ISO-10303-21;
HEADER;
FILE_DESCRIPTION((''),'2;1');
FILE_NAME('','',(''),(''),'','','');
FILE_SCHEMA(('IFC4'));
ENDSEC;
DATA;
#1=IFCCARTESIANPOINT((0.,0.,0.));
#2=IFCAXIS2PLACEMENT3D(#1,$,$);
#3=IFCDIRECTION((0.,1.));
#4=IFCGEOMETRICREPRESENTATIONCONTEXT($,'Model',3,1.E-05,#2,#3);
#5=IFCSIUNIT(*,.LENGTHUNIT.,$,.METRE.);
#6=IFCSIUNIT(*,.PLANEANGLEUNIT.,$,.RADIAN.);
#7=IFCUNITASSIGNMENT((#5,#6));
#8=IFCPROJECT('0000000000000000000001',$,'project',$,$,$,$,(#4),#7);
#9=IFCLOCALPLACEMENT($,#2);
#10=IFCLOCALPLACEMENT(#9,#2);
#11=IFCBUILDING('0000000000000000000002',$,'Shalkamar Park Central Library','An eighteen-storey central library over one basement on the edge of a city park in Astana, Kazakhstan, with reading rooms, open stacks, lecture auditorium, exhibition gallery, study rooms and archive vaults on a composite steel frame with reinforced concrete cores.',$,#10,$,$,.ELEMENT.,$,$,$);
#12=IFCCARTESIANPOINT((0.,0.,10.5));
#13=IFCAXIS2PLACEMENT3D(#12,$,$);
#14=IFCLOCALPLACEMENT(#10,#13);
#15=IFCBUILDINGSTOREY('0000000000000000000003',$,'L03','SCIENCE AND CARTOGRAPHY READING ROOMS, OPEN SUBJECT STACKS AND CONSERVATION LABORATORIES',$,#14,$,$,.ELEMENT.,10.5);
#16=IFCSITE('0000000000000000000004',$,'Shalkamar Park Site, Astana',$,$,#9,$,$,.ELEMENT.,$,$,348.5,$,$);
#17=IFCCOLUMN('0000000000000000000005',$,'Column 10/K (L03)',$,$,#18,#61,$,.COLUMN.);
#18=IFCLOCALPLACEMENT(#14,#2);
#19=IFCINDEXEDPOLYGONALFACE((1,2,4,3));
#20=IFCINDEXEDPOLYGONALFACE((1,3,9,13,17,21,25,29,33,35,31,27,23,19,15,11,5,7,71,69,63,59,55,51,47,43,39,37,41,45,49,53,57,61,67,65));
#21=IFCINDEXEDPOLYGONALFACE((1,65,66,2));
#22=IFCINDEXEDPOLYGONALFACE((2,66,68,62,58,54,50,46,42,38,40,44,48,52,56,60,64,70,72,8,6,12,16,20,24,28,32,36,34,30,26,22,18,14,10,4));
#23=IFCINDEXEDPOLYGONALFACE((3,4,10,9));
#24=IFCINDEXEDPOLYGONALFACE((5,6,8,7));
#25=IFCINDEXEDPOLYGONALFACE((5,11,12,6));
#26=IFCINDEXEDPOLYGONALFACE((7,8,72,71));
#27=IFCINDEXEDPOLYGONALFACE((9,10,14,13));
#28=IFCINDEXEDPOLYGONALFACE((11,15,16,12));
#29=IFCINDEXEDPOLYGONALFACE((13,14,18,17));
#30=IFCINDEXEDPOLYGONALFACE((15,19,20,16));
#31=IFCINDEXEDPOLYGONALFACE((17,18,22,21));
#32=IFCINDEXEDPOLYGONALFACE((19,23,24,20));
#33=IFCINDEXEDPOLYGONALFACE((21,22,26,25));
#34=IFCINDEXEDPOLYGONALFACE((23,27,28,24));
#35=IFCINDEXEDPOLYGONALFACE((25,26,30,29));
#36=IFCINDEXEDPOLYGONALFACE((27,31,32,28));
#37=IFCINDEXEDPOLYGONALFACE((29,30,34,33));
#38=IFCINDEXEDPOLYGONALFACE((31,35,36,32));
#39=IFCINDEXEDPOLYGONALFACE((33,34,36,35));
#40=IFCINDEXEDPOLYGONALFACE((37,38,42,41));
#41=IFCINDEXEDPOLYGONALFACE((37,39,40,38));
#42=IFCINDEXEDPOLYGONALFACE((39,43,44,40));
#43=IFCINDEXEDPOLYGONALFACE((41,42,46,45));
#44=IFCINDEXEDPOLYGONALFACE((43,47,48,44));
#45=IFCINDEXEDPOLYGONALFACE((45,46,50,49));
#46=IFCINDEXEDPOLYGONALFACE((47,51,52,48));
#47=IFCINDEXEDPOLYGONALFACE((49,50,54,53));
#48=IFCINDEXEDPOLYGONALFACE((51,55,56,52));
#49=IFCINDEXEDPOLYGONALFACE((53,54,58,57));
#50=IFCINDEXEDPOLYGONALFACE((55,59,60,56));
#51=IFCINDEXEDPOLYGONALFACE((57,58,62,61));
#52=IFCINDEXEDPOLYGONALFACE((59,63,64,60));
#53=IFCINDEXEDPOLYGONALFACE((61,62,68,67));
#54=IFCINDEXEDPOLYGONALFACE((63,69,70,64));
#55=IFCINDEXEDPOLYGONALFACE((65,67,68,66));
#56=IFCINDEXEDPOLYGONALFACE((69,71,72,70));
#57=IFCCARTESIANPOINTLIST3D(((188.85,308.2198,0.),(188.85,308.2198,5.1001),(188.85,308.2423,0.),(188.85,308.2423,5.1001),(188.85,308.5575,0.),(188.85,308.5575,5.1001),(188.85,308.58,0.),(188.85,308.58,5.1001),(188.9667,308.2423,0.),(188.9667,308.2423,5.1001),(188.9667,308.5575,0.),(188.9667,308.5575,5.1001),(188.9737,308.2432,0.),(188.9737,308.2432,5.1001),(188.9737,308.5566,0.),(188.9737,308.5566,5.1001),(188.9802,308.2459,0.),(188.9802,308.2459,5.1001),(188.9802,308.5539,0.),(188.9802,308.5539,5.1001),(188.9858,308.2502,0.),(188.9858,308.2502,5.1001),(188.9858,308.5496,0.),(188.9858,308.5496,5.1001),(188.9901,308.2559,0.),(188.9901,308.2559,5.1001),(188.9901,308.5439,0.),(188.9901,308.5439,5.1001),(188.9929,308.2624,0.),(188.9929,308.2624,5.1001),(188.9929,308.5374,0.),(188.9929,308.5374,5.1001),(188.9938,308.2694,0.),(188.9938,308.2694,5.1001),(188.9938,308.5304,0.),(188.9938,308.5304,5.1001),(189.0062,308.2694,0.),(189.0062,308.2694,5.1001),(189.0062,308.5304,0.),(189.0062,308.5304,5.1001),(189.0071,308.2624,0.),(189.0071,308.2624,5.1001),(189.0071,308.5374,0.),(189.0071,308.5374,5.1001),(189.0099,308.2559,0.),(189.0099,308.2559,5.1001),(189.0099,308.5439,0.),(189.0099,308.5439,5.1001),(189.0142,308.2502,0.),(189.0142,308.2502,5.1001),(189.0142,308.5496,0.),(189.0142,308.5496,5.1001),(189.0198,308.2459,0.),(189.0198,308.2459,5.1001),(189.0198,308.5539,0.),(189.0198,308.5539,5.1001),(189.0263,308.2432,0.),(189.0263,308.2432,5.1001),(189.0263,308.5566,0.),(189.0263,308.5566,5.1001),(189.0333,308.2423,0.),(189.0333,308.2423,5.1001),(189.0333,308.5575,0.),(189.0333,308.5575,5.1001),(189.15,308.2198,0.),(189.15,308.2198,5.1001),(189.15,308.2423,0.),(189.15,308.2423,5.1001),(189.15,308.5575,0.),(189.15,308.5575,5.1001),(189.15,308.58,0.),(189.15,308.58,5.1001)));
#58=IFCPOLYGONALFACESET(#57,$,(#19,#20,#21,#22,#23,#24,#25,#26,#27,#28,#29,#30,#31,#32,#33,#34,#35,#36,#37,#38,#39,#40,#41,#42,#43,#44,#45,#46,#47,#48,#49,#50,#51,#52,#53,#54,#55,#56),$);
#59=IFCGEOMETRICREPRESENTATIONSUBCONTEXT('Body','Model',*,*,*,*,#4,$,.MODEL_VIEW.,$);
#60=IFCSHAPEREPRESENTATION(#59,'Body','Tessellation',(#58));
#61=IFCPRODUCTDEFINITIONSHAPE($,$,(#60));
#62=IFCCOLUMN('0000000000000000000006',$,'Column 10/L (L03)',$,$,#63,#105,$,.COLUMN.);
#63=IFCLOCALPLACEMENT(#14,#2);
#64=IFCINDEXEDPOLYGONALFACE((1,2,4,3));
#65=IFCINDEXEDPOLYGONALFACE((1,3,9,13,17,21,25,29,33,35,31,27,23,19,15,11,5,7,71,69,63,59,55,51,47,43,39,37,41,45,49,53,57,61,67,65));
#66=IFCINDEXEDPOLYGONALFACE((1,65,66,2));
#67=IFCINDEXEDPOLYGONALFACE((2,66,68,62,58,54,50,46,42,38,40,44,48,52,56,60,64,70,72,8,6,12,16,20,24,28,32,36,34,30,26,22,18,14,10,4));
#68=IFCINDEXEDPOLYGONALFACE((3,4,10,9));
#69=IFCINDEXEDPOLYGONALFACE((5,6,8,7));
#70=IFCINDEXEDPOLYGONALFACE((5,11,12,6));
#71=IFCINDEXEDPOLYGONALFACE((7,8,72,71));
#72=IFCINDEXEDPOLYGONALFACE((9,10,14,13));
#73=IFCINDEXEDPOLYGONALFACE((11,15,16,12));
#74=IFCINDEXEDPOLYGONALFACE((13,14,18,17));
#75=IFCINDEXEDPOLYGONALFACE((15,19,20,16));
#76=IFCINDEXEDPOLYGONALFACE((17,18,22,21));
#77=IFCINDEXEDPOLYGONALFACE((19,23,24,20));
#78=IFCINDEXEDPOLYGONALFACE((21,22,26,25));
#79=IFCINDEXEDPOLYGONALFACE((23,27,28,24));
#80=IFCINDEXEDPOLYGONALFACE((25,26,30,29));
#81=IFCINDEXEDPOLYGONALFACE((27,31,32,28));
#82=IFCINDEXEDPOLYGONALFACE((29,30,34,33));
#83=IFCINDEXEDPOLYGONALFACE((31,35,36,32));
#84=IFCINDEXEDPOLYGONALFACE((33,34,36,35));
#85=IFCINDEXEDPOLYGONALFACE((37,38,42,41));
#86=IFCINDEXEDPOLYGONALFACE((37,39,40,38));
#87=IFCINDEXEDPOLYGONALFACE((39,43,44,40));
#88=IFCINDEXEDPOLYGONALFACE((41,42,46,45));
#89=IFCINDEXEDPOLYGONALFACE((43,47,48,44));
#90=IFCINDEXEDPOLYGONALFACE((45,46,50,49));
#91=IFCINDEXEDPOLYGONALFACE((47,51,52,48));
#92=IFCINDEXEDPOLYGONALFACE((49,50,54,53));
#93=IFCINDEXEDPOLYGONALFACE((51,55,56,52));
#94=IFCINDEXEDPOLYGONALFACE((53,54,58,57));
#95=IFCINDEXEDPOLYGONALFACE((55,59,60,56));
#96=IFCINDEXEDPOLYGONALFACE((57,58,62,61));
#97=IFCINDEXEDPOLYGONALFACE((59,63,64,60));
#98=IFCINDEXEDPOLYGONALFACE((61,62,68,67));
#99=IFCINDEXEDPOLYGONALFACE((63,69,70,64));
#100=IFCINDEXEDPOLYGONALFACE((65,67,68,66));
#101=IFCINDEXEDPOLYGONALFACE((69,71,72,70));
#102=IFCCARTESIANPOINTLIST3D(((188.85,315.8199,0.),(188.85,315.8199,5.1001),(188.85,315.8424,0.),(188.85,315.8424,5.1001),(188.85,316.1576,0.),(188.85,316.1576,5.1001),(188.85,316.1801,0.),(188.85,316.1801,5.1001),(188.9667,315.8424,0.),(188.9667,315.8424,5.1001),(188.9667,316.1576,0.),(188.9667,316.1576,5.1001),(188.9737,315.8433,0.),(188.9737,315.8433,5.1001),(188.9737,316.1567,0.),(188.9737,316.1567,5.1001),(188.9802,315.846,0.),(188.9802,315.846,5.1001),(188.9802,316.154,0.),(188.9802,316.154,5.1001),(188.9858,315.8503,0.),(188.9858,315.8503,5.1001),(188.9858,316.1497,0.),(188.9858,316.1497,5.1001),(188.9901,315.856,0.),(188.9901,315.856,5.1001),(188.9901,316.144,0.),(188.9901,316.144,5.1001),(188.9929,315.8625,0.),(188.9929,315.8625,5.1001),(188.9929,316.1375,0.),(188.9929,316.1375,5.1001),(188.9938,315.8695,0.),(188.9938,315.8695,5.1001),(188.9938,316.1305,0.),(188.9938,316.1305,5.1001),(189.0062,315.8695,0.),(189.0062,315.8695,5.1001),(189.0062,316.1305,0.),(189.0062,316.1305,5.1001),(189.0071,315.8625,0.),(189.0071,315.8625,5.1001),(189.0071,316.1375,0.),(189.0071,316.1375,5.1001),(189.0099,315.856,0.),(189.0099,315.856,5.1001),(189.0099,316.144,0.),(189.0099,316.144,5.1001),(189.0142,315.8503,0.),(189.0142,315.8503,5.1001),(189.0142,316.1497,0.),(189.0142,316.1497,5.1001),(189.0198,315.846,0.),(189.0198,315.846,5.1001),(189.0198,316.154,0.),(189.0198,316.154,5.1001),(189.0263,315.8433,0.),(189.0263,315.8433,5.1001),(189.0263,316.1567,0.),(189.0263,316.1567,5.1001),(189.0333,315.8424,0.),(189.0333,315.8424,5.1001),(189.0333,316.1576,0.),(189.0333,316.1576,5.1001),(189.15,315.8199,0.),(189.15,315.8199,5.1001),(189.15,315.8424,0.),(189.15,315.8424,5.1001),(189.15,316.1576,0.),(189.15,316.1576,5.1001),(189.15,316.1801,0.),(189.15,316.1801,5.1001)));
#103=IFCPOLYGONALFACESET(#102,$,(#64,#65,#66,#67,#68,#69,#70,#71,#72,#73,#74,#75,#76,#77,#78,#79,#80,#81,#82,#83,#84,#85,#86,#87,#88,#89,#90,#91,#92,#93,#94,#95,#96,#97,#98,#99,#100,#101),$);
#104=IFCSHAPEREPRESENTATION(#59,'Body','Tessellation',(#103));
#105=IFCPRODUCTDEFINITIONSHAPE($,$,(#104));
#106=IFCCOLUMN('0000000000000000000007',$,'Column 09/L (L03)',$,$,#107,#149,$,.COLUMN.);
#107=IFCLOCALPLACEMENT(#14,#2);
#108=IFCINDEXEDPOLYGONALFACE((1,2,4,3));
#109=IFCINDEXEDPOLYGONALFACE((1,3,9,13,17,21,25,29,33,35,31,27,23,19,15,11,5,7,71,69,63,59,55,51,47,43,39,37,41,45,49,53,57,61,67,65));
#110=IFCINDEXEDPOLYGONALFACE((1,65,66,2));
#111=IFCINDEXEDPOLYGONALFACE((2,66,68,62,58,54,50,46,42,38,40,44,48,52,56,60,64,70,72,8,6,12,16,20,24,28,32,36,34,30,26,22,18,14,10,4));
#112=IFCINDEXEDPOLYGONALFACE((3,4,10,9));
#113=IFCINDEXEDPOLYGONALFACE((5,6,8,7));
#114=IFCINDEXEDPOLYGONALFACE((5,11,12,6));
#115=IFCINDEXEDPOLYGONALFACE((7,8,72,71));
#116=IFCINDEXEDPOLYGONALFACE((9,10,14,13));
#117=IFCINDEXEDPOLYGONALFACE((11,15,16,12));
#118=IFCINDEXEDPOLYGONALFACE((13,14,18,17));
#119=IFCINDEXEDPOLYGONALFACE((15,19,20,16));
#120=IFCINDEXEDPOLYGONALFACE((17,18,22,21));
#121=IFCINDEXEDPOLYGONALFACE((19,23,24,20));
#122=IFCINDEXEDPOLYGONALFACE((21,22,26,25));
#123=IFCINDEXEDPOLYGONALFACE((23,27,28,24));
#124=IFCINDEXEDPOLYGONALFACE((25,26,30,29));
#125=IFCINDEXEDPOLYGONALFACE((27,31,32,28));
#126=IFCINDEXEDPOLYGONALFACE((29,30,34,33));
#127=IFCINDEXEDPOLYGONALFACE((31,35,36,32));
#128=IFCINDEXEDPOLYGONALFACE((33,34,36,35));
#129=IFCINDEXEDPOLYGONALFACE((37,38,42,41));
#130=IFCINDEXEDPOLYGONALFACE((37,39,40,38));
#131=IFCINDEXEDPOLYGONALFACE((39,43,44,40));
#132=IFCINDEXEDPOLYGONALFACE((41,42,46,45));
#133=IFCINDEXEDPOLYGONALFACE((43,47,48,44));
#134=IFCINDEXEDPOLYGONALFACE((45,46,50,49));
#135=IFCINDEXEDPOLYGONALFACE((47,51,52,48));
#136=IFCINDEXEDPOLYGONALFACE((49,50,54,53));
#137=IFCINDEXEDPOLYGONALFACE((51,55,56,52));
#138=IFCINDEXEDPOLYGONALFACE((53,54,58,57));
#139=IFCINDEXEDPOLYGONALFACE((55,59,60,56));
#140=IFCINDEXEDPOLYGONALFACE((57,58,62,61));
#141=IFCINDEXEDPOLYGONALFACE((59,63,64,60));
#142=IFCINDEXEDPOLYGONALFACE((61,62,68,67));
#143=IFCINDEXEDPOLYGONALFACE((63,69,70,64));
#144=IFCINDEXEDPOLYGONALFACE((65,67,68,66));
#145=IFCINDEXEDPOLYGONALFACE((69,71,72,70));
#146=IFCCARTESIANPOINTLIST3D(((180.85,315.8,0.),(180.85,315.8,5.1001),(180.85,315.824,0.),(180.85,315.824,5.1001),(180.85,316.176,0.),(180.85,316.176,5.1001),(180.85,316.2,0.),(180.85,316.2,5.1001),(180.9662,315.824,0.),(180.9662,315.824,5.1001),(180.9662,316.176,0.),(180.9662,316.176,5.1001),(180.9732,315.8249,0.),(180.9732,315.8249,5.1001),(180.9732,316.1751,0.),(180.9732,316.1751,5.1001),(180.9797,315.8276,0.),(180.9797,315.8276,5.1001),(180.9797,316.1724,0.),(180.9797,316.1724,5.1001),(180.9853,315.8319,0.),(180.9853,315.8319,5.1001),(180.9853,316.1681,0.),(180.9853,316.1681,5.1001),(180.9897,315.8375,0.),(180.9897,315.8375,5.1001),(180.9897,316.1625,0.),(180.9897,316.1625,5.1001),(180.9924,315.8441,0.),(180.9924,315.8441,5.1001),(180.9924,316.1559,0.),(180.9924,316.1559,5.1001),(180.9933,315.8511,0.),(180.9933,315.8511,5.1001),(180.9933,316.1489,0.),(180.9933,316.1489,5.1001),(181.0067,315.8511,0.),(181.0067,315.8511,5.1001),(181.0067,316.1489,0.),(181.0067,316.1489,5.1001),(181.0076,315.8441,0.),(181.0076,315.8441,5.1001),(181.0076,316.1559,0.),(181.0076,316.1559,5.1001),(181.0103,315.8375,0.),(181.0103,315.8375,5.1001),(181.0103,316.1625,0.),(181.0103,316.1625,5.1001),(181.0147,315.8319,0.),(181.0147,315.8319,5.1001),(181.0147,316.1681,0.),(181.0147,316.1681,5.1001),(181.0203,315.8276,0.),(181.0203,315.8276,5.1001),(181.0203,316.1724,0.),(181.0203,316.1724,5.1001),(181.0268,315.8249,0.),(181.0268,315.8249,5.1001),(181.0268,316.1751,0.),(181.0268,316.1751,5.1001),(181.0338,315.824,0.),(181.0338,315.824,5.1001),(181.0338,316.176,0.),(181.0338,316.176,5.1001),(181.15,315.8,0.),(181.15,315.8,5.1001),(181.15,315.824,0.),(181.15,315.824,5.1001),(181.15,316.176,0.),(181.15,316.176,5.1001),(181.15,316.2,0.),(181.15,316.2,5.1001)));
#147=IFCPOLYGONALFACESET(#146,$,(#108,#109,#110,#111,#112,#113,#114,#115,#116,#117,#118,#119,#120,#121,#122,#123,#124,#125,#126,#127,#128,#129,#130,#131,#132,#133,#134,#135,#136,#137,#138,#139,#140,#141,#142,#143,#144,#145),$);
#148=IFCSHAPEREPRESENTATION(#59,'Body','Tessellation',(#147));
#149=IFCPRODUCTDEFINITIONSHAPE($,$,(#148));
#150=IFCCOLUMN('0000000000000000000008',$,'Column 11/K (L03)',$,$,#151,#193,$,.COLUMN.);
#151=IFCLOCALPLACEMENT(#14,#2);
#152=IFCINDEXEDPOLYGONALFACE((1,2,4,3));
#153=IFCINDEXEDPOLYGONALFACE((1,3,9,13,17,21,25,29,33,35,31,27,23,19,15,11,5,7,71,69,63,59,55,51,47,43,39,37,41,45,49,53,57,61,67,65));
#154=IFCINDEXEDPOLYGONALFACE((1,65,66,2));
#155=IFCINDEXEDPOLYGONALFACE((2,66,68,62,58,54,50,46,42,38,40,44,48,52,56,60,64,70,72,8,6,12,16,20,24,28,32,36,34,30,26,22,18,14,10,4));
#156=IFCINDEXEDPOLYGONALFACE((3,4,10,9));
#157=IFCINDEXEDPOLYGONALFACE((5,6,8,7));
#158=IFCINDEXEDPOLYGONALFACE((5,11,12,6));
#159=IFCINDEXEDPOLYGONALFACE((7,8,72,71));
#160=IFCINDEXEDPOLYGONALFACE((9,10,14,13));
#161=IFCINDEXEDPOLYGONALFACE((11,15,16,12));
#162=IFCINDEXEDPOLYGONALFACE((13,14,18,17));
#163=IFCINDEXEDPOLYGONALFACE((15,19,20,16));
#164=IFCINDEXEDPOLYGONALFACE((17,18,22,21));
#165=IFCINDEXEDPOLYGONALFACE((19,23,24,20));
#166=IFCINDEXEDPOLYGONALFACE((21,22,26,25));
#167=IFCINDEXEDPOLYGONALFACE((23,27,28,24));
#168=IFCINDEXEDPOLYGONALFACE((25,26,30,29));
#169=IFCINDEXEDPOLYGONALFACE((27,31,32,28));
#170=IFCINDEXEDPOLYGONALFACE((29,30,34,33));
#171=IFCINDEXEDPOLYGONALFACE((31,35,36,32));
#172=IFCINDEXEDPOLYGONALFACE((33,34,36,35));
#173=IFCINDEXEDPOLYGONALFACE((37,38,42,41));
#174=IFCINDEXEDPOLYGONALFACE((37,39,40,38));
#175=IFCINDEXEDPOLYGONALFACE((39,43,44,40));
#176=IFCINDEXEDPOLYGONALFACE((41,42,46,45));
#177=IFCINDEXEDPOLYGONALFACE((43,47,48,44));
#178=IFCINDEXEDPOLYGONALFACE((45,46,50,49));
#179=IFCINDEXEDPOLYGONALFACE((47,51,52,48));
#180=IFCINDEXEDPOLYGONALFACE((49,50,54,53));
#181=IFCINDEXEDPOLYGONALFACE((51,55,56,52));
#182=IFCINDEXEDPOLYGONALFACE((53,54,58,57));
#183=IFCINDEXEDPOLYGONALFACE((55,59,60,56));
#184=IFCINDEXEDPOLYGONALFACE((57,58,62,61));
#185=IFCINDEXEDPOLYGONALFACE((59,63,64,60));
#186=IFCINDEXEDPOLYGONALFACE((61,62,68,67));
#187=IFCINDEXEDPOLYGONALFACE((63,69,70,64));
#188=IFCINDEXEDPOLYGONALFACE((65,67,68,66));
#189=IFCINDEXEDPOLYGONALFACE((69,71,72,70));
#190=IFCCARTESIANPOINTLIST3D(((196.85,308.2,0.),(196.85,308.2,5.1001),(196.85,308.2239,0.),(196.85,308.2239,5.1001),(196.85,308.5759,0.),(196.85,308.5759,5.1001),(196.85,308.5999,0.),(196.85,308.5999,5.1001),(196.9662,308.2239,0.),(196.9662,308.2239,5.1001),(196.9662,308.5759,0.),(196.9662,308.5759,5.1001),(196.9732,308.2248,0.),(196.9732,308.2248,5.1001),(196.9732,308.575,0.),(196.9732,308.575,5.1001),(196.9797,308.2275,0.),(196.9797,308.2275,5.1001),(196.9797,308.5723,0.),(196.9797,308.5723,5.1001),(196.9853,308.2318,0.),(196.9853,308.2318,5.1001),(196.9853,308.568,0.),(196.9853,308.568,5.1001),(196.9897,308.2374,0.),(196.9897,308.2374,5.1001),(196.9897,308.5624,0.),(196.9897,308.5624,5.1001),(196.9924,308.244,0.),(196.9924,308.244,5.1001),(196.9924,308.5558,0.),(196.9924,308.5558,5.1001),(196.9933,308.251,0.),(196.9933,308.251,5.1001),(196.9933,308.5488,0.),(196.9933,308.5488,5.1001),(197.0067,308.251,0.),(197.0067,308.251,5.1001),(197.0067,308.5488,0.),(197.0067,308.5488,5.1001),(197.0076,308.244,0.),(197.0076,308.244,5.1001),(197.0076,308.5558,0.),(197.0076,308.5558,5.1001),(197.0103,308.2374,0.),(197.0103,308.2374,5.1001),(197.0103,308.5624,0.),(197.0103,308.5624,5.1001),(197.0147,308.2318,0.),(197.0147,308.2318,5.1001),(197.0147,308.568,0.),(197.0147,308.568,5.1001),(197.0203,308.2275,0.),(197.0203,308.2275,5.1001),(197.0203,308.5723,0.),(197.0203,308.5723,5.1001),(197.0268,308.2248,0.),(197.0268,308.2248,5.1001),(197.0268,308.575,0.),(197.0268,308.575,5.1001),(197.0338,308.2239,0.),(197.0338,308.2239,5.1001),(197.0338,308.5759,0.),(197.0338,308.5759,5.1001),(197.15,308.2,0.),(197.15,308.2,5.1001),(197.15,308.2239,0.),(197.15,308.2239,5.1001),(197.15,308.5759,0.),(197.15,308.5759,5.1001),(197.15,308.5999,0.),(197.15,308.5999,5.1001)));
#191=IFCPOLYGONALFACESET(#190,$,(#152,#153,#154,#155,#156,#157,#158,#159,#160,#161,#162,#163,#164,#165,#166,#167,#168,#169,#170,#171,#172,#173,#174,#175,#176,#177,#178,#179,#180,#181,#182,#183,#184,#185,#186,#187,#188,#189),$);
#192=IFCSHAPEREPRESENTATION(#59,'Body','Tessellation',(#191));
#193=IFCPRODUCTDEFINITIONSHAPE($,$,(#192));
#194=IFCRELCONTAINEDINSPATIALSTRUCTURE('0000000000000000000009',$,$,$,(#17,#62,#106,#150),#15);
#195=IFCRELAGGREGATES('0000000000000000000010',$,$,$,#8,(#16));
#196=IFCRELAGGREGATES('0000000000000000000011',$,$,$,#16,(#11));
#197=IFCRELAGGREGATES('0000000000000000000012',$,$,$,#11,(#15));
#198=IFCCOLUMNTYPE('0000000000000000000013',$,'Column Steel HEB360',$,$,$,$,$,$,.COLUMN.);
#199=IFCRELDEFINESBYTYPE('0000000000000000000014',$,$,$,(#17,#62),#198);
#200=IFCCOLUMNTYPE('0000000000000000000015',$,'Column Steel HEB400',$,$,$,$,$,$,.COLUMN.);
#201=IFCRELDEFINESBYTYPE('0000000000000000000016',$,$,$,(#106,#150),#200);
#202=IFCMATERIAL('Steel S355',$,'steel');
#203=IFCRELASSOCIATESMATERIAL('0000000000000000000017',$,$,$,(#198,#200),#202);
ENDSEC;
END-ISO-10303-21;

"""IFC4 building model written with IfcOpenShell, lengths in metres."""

from ifc_helpers import new_model, si_unit, direction, frame, origin, origin_2d, place, context, subcontext, project, spatial, i_section, extrude, material, material_profile, profile_set, type_object, element, save


model = new_model("IFC4")

# Units and contexts
model_context = context("Model", 3, precision=1e-05, world=origin(), true_north=direction((0.0, 1.0)))
body_context = subcontext(model_context, "Body", "Model", "MODEL_VIEW")
ifc_project = project(units=[si_unit("LENGTHUNIT", "METRE"), si_unit("PLANEANGLEUNIT", "RADIAN")], contexts=[model_context])

# Site, building, storey
site_placement = place(None, origin())
site = spatial("IfcSite", under=ifc_project, at=site_placement, Name="Shalkamar Park Site, Astana", CompositionType="ELEMENT", RefElevation=348.5)
building_placement = place(site_placement, origin())
building = spatial("IfcBuilding", under=site, at=building_placement, Name="Shalkamar Park Central Library", Description="An eighteen-storey central library over one basement on the edge of a city park in Astana, Kazakhstan, with reading rooms, open stacks, lecture auditorium, exhibition gallery, study rooms and archive vaults on a composite steel frame with reinforced concrete cores.", CompositionType="ELEMENT")
storey_placement = place(building_placement, frame((0.0, 0.0, 10.5)))
storey = spatial("IfcBuildingStorey", under=building, at=storey_placement, Name="L03", Description="SCIENCE AND CARTOGRAPHY READING ROOMS, OPEN SUBJECT STACKS AND CONSERVATION LABORATORIES", CompositionType="ELEMENT", Elevation=10.5)

# Columns
ifc_material_1 = material(Name="Steel S355", Category="steel")
ifc_material_profile_1 = material_profile(ifc_material_1, i_section(OverallWidth=0.3, OverallDepth=0.3601, WebThickness=0.0125, FlangeThickness=0.0225, FilletRadius=0.0271, at=origin_2d()), Name="HEB 360")
ifc_profile_set_1 = profile_set([ifc_material_profile_1], Name="Steel S355")
column_type_1 = type_object("IfcColumnType", Name="Column Steel HEB360", PredefinedType="COLUMN", material=ifc_profile_set_1)
for number, where, z_axis, x_axis, name in (
    (1, (189.0, 308.3999, 0.0), (0.0, 0.0, 1.0), (1.0, 0.0, 0.0), "Column 10/K (L03)"),
    (2, (189.0, 316.0, 0.0), (0.0, 0.0, 1.0), (1.0, 0.0, 0.0), "Column 10/L (L03)"),
):
    element("IfcColumn", number, at=place(storey_placement, frame(where, z_axis=z_axis, x_axis=x_axis)), inside=storey, type_object=column_type_1, Name=name, PredefinedType="COLUMN", context=body_context, shape_type="SweptSolid", body=[
        extrude(i_section(OverallWidth=0.3, OverallDepth=0.3601, WebThickness=0.0125, FlangeThickness=0.0225, FilletRadius=0.0271, at=origin_2d()), origin(), (0.0, 0.0, 1.0), 5.1001),
    ])
ifc_material_profile_2 = material_profile(ifc_material_1, i_section(OverallWidth=0.3, OverallDepth=0.3999, WebThickness=0.0134, FlangeThickness=0.0239, FilletRadius=0.0271, at=origin_2d()), Name="HEB 400")
ifc_profile_set_2 = profile_set([ifc_material_profile_2], Name="Steel S355")
column_type_2 = type_object("IfcColumnType", Name="Column Steel HEB400", PredefinedType="COLUMN", material=ifc_profile_set_2)
for number, where, z_axis, x_axis, name in (
    (3, (181.0, 316.0, 0.0), (0.0, 0.0, 1.0), (1.0, 0.0, 0.0), "Column 09/L (L03)"),
    (4, (197.0, 308.3999, 0.0), (0.0, 0.0, 1.0), (1.0, 0.0, 0.0), "Column 11/K (L03)"),
):
    element("IfcColumn", number, at=place(storey_placement, frame(where, z_axis=z_axis, x_axis=x_axis)), inside=storey, type_object=column_type_2, Name=name, PredefinedType="COLUMN", context=body_context, shape_type="SweptSolid", body=[
        extrude(i_section(OverallWidth=0.3, OverallDepth=0.3999, WebThickness=0.0134, FlangeThickness=0.0239, FilletRadius=0.0271, at=origin_2d()), origin(), (0.0, 0.0, 1.0), 5.1001),
    ])

save(model, "model.ifc")
